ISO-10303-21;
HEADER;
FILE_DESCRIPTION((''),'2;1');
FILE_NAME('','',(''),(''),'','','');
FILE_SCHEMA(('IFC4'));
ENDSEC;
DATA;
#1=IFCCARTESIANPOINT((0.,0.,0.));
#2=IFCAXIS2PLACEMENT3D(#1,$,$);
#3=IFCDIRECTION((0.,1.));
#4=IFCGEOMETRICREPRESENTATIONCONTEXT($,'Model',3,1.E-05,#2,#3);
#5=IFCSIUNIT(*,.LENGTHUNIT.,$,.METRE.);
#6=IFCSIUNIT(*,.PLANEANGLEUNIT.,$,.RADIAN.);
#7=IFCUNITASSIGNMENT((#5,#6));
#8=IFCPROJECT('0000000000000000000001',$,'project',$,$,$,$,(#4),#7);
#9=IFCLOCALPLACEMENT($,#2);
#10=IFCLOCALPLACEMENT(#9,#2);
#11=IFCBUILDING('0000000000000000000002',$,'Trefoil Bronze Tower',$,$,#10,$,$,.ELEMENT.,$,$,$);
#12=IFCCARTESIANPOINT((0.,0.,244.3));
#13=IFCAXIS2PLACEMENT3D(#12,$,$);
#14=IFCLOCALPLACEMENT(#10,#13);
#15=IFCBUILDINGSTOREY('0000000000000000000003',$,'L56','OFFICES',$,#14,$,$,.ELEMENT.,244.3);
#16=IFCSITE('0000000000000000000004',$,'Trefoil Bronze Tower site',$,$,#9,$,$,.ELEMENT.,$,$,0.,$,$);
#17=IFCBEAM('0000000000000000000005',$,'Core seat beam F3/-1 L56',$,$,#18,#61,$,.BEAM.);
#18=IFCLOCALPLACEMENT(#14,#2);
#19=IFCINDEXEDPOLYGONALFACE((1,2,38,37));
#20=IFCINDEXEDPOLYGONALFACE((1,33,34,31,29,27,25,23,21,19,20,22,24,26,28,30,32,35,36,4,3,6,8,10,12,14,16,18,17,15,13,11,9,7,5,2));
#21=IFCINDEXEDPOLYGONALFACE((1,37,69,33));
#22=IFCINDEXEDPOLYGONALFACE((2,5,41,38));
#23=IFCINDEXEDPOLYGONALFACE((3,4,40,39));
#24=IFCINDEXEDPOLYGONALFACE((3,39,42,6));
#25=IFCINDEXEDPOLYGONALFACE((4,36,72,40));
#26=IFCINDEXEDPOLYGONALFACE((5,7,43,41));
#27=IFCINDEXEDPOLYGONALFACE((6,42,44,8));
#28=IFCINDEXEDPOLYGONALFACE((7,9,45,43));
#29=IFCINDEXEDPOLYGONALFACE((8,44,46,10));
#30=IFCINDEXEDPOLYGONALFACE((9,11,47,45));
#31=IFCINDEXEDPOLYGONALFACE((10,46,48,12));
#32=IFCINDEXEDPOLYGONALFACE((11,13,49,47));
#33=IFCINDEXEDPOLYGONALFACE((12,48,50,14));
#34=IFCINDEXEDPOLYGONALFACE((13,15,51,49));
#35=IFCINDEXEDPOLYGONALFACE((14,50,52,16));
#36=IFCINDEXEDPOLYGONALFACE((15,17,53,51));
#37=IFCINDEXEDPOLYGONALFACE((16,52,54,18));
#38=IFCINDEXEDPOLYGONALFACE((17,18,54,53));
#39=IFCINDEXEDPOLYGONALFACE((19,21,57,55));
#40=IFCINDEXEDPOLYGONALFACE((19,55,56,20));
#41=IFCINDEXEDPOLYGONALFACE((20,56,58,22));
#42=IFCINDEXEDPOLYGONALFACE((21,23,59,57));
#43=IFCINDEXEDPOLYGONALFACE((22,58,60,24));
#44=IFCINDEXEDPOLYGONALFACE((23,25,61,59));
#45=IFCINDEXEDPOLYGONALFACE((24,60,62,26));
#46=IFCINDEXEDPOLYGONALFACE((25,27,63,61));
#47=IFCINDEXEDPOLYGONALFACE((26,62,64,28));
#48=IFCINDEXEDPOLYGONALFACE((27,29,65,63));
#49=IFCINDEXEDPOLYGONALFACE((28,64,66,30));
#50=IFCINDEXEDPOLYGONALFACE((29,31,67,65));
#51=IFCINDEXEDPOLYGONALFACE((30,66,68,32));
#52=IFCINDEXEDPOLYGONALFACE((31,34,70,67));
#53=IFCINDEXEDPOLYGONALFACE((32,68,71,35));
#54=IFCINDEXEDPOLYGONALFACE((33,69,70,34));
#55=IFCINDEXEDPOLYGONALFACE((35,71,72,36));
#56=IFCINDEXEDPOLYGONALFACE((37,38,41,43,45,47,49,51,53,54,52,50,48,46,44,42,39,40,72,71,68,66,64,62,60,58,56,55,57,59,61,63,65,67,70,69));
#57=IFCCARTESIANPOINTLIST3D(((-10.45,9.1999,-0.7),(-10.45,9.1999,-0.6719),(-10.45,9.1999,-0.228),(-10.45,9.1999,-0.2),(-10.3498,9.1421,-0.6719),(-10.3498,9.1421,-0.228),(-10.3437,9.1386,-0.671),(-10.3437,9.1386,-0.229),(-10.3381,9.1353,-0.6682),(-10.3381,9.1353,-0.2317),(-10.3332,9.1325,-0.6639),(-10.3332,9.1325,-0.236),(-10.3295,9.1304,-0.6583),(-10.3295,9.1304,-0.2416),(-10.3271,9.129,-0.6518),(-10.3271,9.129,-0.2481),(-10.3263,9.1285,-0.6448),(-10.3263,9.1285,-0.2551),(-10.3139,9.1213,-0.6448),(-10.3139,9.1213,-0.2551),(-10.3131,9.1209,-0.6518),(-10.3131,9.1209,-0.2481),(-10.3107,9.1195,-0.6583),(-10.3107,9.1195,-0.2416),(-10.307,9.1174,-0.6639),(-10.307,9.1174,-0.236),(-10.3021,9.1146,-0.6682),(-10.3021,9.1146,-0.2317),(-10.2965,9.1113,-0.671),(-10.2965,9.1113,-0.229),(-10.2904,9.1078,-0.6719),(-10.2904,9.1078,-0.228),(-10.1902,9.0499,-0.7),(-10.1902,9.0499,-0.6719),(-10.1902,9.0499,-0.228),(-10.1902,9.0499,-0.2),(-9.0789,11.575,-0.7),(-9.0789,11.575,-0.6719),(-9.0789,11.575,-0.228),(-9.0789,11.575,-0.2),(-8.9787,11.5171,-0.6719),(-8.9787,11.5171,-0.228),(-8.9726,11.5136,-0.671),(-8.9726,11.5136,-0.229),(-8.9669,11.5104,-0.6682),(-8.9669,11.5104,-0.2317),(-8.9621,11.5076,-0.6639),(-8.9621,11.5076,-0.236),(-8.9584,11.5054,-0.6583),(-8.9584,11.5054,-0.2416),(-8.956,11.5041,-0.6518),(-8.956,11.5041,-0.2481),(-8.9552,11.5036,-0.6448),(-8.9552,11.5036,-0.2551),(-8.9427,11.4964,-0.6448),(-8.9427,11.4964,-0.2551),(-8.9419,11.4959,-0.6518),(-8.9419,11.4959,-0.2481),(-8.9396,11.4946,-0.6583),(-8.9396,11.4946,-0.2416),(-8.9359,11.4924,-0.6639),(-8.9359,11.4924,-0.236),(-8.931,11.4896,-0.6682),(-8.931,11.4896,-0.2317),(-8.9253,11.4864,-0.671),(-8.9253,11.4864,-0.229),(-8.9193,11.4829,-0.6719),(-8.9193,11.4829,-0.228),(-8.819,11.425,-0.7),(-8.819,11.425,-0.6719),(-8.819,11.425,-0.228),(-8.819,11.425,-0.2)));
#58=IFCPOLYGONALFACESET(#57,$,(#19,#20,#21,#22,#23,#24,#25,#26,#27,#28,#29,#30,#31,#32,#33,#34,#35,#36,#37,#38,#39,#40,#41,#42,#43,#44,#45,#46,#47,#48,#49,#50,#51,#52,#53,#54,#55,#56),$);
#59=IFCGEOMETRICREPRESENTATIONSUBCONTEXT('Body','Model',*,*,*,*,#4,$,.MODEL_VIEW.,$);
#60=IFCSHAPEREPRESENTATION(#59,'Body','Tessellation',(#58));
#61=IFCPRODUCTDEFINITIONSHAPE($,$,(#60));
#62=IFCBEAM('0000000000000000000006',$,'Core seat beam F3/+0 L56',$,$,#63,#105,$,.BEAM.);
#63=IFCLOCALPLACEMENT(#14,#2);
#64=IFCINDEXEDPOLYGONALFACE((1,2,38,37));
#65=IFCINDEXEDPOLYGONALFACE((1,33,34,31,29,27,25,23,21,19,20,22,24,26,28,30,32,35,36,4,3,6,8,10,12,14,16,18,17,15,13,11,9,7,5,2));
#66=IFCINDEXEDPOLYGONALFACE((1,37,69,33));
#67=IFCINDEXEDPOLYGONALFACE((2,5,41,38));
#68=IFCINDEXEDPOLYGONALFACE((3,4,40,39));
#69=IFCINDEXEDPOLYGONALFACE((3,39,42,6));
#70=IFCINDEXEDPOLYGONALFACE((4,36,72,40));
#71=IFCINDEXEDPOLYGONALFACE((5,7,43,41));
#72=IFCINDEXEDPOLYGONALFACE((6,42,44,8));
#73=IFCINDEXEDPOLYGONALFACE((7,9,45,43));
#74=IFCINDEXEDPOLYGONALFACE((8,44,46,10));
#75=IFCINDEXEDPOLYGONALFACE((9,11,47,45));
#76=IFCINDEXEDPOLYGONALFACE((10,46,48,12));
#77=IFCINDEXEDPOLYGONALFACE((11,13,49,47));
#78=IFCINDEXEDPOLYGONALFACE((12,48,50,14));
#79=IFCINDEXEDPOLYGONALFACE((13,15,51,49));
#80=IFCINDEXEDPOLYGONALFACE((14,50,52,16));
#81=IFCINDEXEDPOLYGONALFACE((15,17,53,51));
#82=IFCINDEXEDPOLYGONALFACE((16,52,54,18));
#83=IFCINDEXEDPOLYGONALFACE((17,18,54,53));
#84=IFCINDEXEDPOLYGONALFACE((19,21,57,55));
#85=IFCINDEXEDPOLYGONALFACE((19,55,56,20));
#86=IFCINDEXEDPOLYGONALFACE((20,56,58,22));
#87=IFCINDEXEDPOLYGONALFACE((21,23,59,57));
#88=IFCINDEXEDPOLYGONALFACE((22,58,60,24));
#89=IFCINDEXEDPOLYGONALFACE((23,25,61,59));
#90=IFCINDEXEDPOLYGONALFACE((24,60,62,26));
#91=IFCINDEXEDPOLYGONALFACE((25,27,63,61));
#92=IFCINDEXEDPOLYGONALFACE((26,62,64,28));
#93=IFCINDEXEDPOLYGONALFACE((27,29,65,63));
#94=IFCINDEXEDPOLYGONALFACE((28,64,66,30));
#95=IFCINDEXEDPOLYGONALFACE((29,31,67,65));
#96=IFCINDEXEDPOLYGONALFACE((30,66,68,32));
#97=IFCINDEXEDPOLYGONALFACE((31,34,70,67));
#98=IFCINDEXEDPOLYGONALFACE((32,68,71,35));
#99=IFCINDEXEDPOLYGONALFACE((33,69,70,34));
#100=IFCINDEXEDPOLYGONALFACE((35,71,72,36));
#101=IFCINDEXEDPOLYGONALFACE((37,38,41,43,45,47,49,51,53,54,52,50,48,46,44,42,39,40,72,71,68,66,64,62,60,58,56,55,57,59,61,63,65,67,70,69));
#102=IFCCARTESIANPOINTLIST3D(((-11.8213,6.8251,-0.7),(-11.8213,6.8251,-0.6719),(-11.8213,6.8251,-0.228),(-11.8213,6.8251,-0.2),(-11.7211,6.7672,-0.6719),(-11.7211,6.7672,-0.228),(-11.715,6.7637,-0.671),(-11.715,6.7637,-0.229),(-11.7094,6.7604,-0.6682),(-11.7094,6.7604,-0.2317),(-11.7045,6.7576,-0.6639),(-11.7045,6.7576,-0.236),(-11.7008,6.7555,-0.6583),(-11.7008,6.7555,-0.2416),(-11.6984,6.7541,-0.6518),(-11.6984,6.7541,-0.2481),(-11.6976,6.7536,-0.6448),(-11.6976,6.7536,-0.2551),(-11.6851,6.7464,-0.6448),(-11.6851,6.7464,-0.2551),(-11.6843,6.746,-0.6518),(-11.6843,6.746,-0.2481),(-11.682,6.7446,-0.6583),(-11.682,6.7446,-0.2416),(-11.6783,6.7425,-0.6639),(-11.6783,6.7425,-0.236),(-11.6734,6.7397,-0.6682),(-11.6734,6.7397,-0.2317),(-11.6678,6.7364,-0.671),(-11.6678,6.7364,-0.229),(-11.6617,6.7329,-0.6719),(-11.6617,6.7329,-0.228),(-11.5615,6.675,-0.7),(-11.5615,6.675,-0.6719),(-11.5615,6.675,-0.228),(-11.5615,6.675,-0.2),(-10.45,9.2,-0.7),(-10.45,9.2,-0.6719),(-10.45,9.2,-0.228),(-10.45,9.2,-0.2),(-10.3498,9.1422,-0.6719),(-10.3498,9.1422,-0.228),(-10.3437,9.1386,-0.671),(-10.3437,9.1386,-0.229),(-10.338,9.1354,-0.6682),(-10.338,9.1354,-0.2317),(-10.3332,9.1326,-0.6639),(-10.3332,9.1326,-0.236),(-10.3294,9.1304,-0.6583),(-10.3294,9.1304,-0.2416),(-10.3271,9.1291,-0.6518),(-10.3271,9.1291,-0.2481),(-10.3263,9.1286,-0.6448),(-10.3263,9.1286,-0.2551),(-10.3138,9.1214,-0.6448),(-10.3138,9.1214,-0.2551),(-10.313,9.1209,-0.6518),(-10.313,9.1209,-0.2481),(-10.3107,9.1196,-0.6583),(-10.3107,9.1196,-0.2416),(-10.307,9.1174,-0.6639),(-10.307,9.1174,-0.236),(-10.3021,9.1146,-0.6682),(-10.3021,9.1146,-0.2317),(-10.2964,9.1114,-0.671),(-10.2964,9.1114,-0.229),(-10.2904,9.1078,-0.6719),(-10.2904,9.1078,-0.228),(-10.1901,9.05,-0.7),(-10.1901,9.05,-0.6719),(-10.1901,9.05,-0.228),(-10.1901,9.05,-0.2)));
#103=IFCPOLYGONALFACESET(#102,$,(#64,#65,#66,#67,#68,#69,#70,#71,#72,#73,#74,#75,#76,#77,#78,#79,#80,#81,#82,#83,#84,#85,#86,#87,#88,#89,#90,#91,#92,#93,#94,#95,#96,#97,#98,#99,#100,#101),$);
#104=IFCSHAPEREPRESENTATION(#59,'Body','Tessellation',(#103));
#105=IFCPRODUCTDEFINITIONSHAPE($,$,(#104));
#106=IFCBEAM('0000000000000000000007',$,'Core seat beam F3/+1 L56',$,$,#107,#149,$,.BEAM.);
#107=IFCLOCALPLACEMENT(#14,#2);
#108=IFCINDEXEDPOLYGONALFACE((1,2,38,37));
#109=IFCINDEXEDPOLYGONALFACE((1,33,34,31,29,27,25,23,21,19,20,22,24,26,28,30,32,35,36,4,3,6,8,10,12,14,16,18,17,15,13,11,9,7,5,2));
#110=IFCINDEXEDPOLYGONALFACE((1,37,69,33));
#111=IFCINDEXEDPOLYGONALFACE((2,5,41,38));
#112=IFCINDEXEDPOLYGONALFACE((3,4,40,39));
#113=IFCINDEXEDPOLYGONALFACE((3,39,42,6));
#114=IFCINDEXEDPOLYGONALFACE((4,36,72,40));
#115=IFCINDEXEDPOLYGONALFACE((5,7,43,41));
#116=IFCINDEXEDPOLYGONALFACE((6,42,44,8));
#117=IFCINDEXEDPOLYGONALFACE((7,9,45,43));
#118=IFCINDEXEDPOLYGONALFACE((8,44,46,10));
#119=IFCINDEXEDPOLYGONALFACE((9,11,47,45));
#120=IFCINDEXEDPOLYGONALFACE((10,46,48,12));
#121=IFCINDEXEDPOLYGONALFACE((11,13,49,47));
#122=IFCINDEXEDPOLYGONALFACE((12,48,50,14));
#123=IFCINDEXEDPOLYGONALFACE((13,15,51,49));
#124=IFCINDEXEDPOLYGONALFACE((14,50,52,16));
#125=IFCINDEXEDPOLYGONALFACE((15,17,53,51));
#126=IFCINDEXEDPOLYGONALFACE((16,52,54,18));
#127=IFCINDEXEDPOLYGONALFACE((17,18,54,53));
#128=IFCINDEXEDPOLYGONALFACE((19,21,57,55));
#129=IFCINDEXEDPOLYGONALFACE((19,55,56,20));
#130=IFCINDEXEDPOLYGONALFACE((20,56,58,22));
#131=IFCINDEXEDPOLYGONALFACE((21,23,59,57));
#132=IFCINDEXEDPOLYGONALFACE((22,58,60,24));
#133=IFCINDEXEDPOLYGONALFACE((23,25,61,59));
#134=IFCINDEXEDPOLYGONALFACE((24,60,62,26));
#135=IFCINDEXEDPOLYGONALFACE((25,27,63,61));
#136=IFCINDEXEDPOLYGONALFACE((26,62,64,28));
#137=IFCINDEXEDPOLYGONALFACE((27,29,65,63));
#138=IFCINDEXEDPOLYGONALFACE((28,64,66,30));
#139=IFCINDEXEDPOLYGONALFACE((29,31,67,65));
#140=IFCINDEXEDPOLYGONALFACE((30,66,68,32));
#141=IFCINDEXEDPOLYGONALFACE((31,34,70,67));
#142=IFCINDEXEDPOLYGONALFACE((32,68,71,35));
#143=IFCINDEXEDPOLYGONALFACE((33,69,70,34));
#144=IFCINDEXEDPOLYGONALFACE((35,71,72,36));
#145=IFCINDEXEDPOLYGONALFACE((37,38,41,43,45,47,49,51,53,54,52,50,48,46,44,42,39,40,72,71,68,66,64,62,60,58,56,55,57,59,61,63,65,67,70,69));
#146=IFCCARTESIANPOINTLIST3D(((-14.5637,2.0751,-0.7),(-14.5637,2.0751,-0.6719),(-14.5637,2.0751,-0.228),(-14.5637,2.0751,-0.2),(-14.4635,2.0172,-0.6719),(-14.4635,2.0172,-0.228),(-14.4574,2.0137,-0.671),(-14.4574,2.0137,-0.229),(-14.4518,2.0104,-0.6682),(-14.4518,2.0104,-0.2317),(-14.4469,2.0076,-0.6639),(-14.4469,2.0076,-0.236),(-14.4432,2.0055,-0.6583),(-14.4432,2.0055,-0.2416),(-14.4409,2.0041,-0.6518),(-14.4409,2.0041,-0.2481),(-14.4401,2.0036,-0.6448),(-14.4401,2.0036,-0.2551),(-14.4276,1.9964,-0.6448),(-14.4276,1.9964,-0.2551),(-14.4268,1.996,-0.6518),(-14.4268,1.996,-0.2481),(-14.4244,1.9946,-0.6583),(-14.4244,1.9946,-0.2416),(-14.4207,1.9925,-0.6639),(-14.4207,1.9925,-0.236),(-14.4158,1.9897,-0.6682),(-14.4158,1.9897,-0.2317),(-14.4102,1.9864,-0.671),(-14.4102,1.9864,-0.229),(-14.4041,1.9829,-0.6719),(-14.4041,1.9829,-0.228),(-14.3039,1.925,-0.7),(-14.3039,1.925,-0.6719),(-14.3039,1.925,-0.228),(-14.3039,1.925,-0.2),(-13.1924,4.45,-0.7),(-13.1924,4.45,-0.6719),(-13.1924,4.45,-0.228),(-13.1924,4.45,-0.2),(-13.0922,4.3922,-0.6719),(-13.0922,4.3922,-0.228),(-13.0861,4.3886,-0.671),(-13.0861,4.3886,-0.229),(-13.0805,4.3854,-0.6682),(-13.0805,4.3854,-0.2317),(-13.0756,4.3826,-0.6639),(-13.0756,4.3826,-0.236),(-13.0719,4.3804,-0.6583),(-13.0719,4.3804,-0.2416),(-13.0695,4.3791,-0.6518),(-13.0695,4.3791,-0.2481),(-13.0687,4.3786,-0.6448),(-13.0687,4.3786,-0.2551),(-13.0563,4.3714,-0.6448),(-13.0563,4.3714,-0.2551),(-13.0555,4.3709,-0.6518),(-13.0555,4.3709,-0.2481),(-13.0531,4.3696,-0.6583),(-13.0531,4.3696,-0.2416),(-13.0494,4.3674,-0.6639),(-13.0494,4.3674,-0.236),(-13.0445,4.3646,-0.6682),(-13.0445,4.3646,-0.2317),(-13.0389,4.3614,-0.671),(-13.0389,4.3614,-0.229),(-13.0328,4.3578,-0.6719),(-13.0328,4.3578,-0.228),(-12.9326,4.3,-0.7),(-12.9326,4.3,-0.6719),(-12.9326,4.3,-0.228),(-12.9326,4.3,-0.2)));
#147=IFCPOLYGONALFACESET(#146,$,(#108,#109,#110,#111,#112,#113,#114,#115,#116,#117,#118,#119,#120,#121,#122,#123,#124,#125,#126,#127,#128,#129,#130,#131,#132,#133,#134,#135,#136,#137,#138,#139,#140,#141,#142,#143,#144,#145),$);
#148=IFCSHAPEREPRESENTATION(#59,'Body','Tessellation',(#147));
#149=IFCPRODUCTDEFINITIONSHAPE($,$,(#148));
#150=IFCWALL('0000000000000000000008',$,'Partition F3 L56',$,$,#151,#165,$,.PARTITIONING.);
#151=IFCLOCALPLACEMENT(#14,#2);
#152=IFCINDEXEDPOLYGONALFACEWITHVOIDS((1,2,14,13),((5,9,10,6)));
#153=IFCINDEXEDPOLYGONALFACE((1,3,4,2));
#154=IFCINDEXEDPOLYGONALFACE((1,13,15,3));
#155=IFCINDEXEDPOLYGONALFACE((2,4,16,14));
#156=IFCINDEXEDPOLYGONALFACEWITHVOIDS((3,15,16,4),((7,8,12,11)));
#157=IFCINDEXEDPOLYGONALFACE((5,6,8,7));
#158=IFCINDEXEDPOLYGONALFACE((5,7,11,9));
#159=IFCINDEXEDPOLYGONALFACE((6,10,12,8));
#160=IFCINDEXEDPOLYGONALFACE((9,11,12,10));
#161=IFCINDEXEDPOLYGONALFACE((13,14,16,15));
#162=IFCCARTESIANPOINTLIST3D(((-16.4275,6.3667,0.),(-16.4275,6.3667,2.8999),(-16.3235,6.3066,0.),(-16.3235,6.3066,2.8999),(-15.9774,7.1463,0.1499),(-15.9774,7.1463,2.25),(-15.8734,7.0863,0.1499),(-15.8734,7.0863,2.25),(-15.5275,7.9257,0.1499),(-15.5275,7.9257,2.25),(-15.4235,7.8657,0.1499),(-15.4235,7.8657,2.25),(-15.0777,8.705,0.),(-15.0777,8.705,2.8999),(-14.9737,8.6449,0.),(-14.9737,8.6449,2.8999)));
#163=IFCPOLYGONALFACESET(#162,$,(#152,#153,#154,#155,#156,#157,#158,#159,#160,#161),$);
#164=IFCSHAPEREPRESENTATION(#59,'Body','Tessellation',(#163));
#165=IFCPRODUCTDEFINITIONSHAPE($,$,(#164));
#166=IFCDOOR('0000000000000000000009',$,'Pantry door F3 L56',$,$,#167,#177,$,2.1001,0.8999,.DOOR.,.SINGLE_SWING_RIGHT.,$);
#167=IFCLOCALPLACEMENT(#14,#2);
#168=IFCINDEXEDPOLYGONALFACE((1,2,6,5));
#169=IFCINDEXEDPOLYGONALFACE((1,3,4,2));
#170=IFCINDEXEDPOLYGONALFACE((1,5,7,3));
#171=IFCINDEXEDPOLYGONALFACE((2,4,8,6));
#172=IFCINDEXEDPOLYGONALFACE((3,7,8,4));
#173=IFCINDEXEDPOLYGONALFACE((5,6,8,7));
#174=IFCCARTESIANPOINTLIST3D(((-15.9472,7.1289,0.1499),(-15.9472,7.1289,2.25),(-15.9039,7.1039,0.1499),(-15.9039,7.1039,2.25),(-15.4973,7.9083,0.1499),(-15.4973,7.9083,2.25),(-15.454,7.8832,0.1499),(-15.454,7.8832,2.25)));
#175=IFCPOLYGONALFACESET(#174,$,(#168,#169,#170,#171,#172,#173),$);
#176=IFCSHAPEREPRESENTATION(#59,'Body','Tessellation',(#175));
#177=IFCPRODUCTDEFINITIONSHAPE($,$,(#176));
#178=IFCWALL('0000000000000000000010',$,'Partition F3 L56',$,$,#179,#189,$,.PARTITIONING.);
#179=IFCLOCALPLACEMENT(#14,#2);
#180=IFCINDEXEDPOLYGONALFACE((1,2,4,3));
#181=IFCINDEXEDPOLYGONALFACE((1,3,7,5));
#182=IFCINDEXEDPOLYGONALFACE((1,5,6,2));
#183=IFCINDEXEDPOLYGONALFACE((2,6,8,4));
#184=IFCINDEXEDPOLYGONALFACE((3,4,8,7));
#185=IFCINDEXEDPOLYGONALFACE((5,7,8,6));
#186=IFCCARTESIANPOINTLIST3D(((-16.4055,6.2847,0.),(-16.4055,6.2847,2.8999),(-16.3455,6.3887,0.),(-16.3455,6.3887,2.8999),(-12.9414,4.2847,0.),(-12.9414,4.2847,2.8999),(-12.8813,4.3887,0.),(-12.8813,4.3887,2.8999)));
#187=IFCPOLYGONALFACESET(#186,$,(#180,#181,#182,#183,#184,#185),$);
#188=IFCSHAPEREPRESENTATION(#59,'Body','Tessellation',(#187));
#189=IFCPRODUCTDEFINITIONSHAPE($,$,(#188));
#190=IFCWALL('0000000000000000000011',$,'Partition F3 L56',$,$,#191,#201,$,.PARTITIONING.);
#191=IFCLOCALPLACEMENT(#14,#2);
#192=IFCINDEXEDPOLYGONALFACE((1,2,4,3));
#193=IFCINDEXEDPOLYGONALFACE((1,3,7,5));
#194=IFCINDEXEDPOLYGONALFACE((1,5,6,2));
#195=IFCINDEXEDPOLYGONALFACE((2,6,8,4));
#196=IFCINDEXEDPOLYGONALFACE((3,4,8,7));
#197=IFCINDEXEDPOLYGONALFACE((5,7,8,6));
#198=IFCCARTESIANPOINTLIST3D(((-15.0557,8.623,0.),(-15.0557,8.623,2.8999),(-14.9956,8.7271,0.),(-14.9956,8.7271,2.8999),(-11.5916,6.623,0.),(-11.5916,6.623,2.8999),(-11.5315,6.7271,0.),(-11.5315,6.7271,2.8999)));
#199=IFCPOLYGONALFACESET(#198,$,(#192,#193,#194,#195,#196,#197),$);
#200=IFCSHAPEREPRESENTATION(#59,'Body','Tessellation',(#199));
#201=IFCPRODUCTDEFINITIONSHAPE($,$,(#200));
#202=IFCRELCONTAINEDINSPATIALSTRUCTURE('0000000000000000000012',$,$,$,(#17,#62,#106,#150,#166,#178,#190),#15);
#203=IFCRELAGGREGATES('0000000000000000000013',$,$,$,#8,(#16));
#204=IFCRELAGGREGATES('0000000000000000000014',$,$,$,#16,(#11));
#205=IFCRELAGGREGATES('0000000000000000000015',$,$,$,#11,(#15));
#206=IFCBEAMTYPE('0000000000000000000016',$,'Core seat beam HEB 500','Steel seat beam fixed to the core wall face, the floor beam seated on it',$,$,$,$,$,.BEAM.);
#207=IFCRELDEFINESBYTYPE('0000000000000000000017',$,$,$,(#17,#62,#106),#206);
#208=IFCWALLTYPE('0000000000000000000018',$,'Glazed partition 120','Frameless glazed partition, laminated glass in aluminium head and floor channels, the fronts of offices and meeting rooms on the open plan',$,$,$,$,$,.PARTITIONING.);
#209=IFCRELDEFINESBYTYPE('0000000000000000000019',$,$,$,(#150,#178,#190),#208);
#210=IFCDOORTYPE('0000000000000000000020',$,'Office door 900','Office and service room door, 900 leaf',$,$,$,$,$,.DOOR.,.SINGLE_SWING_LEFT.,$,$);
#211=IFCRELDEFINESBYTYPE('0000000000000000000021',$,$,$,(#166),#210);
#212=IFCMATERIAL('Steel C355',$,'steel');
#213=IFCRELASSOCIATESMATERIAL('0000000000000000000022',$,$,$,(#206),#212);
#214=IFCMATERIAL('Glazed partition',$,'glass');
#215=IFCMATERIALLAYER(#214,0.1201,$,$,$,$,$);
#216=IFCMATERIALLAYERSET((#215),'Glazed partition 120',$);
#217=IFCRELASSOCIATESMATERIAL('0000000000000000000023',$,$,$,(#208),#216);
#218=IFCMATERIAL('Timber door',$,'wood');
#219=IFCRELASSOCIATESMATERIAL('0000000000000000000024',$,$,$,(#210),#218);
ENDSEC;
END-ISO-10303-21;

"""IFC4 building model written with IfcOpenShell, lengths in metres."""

from ifc_helpers import new_model, si_unit, direction, frame, frame_2d, origin, origin_2d, place, context, subcontext, project, spatial, rectangle, i_section, extrude, material, layer, layer_set, material_profile, profile_set, type_object, element, fill, save


model = new_model("IFC4")

# Units and contexts
model_context = context("Model", 3, precision=1e-05, world=origin(), true_north=direction((0.0, 1.0)))
body_context = subcontext(model_context, "Body", "Model", "MODEL_VIEW")
ifc_project = project(units=[si_unit("LENGTHUNIT", "METRE"), si_unit("PLANEANGLEUNIT", "RADIAN")], contexts=[model_context])

# Site, building, storey
site_placement = place(None, origin())
site = spatial("IfcSite", under=ifc_project, at=site_placement, Name="Trefoil Bronze Tower site", CompositionType="ELEMENT", RefElevation=0.0)
building_placement = place(site_placement, origin())
building = spatial("IfcBuilding", under=site, at=building_placement, Name="Trefoil Bronze Tower", CompositionType="ELEMENT")
storey_placement = place(building_placement, frame((0.0, 0.0, 244.3)))
storey = spatial("IfcBuildingStorey", under=building, at=storey_placement, Name="L56", Description="OFFICES", CompositionType="ELEMENT", Elevation=244.3)

# Beams
ifc_material_1 = material(Name="Steel C355", Category="steel")
ifc_material_profile = material_profile(ifc_material_1, i_section(OverallWidth=0.3, OverallDepth=0.5, WebThickness=0.0144, FlangeThickness=0.0281, FilletRadius=0.0271, at=origin_2d()), Name="HEB 500")
ifc_profile_set = profile_set([ifc_material_profile], Name="Steel C355")
beam_type = type_object("IfcBeamType", Name="Core seat beam HEB 500", Description="Steel seat beam fixed to the core wall face, the floor beam seated on it", PredefinedType="BEAM", material=ifc_profile_set)
for number, where, z_axis, x_axis, name in (
    (1, (-8.949, 11.5, -0.45), (-0.499969, -0.866043, 0.0), (0.866043, -0.499969, 0.0), "Core seat beam F3/-1 L56"),
    (2, (-10.3201, 9.125, -0.45), (-0.500036, -0.866005, 0.0), (0.866005, -0.500036, 0.0), "Core seat beam F3/+0 L56"),
    (3, (-13.0625, 4.375, -0.45), (-0.500036, -0.866005, 0.0), (0.866005, -0.500036, 0.0), "Core seat beam F3/+1 L56"),
):
    element("IfcBeam", number, at=place(storey_placement, frame(where, z_axis=z_axis, x_axis=x_axis)), inside=storey, type_object=beam_type, Name=name, PredefinedType="BEAM", context=body_context, shape_type="SweptSolid", body=[
        extrude(i_section(OverallWidth=0.3, OverallDepth=0.5, WebThickness=0.0144, FlangeThickness=0.0281, FilletRadius=0.0271, at=origin_2d()), origin(), (0.0, 0.0, 1.0), 2.7424),
    ])

# Wall, opening, door
ifc_material_2 = material(Name="Glazed partition", Category="glass")
ifc_layer_1 = layer(ifc_material_2, 0.1201)
ifc_layer_set_1 = layer_set([ifc_layer_1], Name="Glazed partition 120")
wall_type_1 = type_object("IfcWallType", Name="Glazed partition 120", Description="Frameless glazed partition, laminated glass in aluminium head and floor channels, the fronts of offices and meeting rooms on the open plan", PredefinedType="PARTITIONING", material=ifc_layer_set_1)
wall_1_placement = place(storey_placement, frame((-15.0256, 8.675, 0.0), z_axis=(0.0, 0.0, 1.0), x_axis=(-0.499942, -0.866059, 0.0)))
wall_1 = element("IfcWall", 4, at=wall_1_placement, inside=storey, type_object=wall_type_1, Name="Partition F3 L56", PredefinedType="PARTITIONING", context=body_context, shape_type="SweptSolid", body=[
    extrude(rectangle(XDim=2.7, YDim=0.1201, at=frame_2d((1.3501, 0.0))), origin(), (0.0, 0.0, 1.0), 2.8999),
])
opening_1_placement = place(wall_1_placement, frame((0.8999, 0.0, 0.1499)))
opening_1 = element("IfcOpeningElement", 5, at=opening_1_placement, cuts=wall_1, PredefinedType="OPENING", context=body_context, shape_type="SweptSolid", body=[
    extrude(rectangle(XDim=0.8999, YDim=2.1001, at=frame_2d((0.45, 1.05))), frame((0.0, 0.0701, 0.0), z_axis=(0.0, -1.0, 0.0), x_axis=(1.0, 0.0, 0.0)), (0.0, 0.0, 1.0), 0.1401),
])
ifc_material_3 = material(Name="Timber door", Category="wood")
door_type_1 = type_object("IfcDoorType", Name="Office door 900", Description="Office and service room door, 900 leaf", OperationType="SINGLE_SWING_LEFT", PredefinedType="DOOR", material=ifc_material_3)
door_1_placement = place(opening_1_placement, origin())
door_1 = element("IfcDoor", 6, at=door_1_placement, inside=storey, type_object=door_type_1, Name="Pantry door F3 L56", OperationType="SINGLE_SWING_RIGHT", OverallHeight=2.1001, OverallWidth=0.8999, PredefinedType="DOOR", context=body_context, shape_type="SweptSolid", body=[
    extrude(rectangle(XDim=0.8999, YDim=2.1001, at=frame_2d((0.45, 1.05))), frame((0.0, 0.0249, 0.0), z_axis=(0.0, -1.0, 0.0), x_axis=(1.0, 0.0, 0.0)), (0.0, 0.0, 1.0), 0.05),
])
fill(opening_1, door_1)

# Walls
for number, where, z_axis, x_axis, name in (
    (7, (-12.9114, 4.3367, 0.0), (0.0, 0.0, 1.0), (-0.866026, 0.499999, 0.0), "Partition F3 L56"),
    (8, (-11.5615, 6.675, 0.0), (0.0, 0.0, 1.0), (-0.866026, 0.499999, 0.0), "Partition F3 L56"),
):
    element("IfcWall", number, at=place(storey_placement, frame(where, z_axis=z_axis, x_axis=x_axis)), inside=storey, type_object=wall_type_1, Name=name, PredefinedType="PARTITIONING", context=body_context, shape_type="SweptSolid", body=[
        extrude(rectangle(XDim=4.0, YDim=0.1201, at=frame_2d((2.0, 0.0))), origin(), (0.0, 0.0, 1.0), 2.8999),
    ])

save(model, "model.ifc")
